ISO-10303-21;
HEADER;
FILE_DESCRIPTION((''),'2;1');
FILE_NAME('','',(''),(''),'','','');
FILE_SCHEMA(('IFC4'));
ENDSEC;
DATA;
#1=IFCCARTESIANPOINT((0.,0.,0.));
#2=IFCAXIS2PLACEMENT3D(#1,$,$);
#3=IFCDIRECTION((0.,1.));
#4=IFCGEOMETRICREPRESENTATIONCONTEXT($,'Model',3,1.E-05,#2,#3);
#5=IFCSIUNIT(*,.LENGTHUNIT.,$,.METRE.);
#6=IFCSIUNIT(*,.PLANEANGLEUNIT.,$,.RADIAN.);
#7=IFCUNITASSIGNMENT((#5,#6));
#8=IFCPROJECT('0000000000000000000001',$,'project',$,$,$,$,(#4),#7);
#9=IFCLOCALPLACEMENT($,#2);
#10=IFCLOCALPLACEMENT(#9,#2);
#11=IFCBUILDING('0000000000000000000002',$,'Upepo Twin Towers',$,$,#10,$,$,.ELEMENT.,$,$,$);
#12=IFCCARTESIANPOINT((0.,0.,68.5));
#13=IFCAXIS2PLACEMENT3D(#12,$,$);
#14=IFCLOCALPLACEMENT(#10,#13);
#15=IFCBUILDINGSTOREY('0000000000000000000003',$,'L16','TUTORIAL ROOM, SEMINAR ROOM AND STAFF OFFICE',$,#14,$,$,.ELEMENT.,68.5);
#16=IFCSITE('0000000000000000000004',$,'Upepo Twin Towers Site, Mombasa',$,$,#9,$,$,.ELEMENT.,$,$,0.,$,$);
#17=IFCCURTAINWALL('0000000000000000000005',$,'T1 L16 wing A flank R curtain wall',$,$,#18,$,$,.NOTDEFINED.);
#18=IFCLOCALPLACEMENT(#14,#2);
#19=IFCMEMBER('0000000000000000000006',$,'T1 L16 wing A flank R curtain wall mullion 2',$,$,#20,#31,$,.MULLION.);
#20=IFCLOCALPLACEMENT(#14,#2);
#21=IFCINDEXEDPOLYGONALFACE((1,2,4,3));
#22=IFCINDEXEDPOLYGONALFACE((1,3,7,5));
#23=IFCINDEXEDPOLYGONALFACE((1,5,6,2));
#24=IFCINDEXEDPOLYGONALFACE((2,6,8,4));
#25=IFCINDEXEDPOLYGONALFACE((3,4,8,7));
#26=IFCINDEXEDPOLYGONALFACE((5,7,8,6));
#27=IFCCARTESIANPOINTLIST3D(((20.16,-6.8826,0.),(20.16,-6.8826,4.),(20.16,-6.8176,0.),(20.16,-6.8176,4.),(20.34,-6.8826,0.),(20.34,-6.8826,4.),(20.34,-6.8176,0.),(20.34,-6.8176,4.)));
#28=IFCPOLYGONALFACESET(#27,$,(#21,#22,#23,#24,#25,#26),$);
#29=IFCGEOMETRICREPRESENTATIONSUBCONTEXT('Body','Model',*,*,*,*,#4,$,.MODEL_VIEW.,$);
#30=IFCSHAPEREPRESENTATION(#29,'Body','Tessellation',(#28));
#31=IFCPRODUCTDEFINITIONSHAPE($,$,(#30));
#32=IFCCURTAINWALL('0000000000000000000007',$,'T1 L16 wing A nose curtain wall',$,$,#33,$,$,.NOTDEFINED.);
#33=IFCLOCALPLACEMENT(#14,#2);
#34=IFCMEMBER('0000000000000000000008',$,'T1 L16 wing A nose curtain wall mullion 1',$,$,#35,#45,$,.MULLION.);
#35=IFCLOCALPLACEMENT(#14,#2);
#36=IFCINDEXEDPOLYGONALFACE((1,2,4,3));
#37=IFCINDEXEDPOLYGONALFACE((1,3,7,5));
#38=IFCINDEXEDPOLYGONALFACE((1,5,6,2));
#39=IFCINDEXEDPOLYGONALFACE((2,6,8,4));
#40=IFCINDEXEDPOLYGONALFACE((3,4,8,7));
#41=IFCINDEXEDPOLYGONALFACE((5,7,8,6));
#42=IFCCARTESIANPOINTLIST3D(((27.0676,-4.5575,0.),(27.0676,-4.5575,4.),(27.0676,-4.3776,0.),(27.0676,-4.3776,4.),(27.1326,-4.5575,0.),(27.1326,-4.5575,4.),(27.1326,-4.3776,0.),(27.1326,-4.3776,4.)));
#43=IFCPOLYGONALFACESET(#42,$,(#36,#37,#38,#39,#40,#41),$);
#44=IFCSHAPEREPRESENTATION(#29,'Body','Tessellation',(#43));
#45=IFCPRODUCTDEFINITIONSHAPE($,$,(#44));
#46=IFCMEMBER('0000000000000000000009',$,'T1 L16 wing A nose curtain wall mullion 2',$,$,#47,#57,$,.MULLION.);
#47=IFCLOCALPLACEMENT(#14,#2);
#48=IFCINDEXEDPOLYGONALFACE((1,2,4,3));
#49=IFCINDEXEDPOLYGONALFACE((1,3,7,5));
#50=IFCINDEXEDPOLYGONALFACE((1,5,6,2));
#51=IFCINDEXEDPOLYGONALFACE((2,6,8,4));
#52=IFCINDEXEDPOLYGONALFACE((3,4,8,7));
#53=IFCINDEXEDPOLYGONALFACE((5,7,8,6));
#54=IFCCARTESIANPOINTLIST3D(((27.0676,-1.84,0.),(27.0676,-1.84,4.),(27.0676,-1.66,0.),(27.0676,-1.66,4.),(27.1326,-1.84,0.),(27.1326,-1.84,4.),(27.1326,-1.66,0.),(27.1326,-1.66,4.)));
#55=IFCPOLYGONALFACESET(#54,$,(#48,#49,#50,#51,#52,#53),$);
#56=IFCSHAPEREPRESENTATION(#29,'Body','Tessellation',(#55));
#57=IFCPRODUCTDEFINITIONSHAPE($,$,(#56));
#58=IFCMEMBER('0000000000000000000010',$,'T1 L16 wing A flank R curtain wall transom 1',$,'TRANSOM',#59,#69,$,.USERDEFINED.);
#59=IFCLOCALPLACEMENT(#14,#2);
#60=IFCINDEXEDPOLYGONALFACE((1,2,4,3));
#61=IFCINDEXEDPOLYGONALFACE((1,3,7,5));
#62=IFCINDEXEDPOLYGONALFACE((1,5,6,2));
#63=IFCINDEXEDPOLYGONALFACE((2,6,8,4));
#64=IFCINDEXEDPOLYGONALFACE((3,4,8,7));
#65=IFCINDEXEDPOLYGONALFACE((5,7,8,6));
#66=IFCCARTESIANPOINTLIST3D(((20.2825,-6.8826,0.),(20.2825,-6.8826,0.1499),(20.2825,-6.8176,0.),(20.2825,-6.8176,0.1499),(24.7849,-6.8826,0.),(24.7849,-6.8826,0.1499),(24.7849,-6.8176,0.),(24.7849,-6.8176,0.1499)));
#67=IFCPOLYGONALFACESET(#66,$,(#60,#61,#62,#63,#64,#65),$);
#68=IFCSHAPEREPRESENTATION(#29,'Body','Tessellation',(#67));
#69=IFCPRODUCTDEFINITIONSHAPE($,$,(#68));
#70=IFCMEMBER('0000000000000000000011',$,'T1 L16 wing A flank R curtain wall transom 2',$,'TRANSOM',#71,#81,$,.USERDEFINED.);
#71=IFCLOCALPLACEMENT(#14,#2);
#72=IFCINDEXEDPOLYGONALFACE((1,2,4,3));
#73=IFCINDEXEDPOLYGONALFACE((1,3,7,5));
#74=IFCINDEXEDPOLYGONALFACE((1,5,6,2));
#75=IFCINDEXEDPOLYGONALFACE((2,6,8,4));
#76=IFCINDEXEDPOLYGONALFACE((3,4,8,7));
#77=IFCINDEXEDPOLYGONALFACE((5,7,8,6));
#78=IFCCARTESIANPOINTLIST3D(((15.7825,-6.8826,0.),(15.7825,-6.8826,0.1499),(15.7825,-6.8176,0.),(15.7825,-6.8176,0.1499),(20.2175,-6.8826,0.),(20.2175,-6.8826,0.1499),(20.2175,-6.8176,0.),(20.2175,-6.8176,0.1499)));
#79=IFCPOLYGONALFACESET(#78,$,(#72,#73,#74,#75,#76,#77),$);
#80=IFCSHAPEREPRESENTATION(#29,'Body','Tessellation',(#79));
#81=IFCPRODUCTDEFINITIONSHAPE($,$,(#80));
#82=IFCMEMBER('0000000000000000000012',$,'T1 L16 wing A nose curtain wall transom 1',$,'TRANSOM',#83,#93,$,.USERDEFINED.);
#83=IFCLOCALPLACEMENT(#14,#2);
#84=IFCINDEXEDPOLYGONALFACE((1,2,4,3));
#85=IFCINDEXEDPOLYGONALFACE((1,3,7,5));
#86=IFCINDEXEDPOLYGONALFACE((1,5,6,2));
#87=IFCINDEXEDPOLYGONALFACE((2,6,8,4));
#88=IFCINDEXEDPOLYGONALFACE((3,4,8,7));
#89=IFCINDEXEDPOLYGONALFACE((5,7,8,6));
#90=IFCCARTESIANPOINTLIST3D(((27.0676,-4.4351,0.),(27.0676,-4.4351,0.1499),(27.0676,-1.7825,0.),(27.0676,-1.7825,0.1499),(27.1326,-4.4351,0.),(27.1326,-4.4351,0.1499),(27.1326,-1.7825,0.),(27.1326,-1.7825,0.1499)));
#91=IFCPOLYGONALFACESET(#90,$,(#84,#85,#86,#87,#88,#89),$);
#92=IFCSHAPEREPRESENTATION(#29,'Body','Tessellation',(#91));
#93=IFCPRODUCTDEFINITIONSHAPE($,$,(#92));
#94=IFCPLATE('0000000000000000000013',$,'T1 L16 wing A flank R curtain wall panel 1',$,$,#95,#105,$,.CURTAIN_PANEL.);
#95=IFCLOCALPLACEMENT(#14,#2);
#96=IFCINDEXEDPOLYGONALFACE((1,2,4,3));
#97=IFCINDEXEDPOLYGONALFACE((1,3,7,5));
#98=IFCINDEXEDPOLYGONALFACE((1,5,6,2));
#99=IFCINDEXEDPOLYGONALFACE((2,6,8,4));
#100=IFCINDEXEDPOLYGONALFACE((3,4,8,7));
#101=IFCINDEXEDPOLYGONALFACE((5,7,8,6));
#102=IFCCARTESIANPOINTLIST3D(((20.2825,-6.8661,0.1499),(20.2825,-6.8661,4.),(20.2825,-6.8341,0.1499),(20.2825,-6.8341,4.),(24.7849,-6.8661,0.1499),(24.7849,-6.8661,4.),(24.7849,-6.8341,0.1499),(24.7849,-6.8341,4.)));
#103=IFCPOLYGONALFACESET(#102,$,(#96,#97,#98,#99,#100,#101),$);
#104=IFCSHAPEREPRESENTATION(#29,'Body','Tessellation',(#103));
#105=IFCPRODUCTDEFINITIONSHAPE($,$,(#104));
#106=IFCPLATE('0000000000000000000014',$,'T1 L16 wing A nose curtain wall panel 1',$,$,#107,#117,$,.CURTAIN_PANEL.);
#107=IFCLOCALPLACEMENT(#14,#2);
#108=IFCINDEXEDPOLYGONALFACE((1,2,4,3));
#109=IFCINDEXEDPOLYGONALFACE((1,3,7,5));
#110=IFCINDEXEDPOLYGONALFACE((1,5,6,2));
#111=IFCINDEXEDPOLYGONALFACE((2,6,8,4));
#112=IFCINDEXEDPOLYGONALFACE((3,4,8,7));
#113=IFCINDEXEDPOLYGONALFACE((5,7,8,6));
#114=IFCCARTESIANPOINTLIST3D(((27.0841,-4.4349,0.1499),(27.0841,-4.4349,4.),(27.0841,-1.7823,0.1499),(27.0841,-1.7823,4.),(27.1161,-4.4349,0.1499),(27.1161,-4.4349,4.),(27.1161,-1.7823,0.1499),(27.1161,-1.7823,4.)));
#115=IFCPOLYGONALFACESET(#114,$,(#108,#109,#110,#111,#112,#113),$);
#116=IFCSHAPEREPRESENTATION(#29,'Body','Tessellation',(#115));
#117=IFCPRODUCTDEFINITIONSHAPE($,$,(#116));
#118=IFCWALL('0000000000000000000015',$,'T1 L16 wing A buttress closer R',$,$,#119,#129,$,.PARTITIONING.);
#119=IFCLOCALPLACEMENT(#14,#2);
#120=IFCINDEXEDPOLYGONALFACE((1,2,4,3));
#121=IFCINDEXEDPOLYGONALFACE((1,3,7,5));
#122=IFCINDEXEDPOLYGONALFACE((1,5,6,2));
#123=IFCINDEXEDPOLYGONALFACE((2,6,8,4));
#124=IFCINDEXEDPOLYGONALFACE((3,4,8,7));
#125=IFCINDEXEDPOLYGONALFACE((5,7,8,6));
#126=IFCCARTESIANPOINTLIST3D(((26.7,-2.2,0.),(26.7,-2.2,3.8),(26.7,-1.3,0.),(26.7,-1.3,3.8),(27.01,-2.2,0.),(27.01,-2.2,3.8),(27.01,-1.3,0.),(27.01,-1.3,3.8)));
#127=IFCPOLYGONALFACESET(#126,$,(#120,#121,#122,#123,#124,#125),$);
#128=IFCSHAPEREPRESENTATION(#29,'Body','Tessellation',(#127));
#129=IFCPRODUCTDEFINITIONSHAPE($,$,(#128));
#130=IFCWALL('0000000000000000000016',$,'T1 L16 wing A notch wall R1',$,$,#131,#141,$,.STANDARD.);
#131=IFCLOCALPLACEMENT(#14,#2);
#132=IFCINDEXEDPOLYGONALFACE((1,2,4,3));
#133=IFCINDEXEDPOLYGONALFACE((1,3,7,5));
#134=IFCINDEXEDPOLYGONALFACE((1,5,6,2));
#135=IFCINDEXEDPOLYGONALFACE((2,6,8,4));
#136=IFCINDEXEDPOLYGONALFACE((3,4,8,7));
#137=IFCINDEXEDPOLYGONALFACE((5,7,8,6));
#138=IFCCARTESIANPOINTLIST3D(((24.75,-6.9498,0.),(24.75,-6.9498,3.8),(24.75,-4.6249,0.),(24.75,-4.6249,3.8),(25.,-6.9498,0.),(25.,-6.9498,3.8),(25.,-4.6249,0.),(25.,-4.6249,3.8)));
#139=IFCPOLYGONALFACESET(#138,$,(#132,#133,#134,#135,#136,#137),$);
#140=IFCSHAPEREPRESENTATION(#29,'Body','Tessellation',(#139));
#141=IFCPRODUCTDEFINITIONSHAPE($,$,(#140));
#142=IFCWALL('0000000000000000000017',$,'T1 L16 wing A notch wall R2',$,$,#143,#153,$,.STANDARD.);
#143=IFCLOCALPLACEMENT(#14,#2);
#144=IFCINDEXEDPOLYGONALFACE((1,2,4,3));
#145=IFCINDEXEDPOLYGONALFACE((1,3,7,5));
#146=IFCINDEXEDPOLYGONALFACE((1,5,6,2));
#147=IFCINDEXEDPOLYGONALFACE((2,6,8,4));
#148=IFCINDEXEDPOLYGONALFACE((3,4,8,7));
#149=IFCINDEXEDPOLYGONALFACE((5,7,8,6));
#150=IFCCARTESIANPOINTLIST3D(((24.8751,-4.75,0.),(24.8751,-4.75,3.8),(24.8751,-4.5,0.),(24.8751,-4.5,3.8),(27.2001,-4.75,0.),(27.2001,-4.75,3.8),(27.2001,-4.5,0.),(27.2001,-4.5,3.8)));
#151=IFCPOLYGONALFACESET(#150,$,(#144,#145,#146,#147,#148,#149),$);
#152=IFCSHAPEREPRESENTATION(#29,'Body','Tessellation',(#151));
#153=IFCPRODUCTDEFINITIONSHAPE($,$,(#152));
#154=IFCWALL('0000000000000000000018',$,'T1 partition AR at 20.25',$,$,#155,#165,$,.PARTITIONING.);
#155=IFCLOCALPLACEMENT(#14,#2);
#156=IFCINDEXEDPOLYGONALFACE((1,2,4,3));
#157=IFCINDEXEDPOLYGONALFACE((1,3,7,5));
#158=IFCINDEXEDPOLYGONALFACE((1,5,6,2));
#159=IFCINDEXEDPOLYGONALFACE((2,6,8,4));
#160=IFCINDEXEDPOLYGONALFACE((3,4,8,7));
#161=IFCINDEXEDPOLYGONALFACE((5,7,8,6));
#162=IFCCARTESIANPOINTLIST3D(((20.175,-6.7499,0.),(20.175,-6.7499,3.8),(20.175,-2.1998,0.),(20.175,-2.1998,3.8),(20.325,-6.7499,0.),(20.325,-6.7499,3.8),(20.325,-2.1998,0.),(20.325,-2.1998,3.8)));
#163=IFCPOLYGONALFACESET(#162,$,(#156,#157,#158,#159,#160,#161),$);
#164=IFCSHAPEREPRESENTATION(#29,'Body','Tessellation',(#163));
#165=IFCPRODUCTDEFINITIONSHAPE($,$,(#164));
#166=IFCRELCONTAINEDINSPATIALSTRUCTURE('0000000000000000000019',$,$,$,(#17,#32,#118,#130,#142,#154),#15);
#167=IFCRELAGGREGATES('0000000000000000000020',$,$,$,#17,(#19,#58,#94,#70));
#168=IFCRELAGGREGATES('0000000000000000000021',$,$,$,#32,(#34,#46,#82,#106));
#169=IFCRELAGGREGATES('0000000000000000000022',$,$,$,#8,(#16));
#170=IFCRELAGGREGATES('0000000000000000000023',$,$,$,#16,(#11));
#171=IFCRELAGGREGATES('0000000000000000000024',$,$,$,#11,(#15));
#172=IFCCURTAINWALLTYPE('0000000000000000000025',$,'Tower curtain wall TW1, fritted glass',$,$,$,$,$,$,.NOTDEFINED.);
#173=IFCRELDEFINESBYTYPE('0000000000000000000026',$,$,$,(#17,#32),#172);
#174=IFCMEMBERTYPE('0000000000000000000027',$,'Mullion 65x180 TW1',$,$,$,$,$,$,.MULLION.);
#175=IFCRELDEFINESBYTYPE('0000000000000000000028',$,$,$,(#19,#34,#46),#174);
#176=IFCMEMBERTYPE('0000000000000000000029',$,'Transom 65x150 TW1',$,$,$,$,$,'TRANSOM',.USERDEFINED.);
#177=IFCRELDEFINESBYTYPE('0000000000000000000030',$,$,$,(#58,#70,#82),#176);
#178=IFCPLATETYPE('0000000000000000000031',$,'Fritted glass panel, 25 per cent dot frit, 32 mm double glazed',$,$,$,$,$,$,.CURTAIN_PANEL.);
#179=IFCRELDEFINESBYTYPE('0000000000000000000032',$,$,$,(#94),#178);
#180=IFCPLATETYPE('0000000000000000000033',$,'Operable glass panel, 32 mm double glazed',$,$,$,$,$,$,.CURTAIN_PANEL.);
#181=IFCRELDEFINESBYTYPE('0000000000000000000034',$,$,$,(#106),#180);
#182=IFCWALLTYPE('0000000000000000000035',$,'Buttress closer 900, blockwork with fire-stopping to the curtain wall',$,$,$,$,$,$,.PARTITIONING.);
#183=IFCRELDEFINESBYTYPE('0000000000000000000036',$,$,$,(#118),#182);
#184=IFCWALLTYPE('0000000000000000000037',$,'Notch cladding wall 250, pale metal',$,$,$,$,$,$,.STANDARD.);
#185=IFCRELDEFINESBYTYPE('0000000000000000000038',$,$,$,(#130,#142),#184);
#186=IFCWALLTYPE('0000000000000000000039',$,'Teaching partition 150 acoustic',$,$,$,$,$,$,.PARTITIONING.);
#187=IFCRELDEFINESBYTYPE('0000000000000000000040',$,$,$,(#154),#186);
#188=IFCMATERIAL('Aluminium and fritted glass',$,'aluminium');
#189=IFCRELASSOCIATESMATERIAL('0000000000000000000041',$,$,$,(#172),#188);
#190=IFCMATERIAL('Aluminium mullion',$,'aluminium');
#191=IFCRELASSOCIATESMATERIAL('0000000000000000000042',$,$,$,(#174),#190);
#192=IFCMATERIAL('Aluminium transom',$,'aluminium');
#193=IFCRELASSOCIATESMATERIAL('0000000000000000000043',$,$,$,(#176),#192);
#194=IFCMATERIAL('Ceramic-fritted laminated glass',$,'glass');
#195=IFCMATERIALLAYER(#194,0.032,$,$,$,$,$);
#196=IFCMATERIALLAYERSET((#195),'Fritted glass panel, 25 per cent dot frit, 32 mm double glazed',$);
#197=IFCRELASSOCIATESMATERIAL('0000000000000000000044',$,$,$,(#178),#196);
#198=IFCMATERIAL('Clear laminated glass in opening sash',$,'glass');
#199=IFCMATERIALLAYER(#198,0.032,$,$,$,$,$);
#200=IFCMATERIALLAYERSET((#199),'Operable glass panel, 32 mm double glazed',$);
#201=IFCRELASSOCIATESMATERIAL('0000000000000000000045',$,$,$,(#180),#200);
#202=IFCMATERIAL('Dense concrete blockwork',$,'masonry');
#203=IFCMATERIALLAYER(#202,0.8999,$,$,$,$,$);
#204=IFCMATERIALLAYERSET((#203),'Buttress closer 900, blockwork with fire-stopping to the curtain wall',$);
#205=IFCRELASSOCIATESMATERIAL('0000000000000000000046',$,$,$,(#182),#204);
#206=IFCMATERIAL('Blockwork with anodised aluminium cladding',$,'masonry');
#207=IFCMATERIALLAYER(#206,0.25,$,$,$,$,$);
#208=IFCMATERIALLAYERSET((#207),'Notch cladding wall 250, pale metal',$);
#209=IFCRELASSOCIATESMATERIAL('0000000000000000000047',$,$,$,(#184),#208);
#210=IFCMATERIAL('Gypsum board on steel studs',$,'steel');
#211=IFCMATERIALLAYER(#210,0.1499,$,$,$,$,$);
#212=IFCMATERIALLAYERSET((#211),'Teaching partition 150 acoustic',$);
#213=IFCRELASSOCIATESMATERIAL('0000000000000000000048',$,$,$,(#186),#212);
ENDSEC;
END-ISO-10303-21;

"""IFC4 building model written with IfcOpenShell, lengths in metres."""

from ifc_helpers import new_model, si_unit, direction, frame, frame_2d, origin, origin_2d, place, context, subcontext, project, spatial, rectangle, extrude, material, layer, layer_set, material_profile, profile_set, type_object, element, aggregate, save


model = new_model("IFC4")

# Units and contexts
model_context = context("Model", 3, precision=1e-05, world=origin(), true_north=direction((0.0, 1.0)))
body_context = subcontext(model_context, "Body", "Model", "MODEL_VIEW")
ifc_project = project(units=[si_unit("LENGTHUNIT", "METRE"), si_unit("PLANEANGLEUNIT", "RADIAN")], contexts=[model_context])

# Site, building, storey
site_placement = place(None, origin())
site = spatial("IfcSite", under=ifc_project, at=site_placement, Name="Upepo Twin Towers Site, Mombasa", CompositionType="ELEMENT", RefElevation=0.0)
building_placement = place(site_placement, origin())
building = spatial("IfcBuilding", under=site, at=building_placement, Name="Upepo Twin Towers", CompositionType="ELEMENT")
storey_placement = place(building_placement, frame((0.0, 0.0, 68.5)))
storey = spatial("IfcBuildingStorey", under=building, at=storey_placement, Name="L16", Description="TUTORIAL ROOM, SEMINAR ROOM AND STAFF OFFICE", CompositionType="ELEMENT", Elevation=68.5)

# Curtain walls, members
ifc_material_1 = material(Name="Aluminium and fritted glass", Category="aluminium")
curtain_wall_type = type_object("IfcCurtainWallType", Name="Tower curtain wall TW1, fritted glass", PredefinedType="NOTDEFINED", material=ifc_material_1)
curtain_wall_1_placement = place(storey_placement, origin())
curtain_wall_1 = element("IfcCurtainWall", 1, at=curtain_wall_1_placement, inside=storey, type_object=curtain_wall_type, Name="T1 L16 wing A flank R curtain wall", PredefinedType="NOTDEFINED")
ifc_material_2 = material(Name="Aluminium mullion", Category="aluminium")
ifc_material_profile_1 = material_profile(ifc_material_2, rectangle(XDim=0.0649, YDim=0.1799, at=origin_2d()), Name="MULLION 65x180")
ifc_profile_set_1 = profile_set([ifc_material_profile_1], Name="Aluminium mullion")
member_type_1 = type_object("IfcMemberType", Name="Mullion 65x180 TW1", PredefinedType="MULLION", material=ifc_profile_set_1)
member_1_placement = place(storey_placement, frame((20.25, -6.8501, 0.0), z_axis=(0.0, 0.0, 1.0), x_axis=(0.0, -1.0, 0.0)))
member_1 = element("IfcMember", 2, at=member_1_placement, type_object=member_type_1, Name="T1 L16 wing A flank R curtain wall mullion 2", PredefinedType="MULLION", context=body_context, shape_type="SweptSolid", body=[
    extrude(rectangle(XDim=0.0649, YDim=0.1799, at=origin_2d()), origin(), (0.0, 0.0, 1.0), 4.0),
])
curtain_wall_2_placement = place(storey_placement, origin())
curtain_wall_2 = element("IfcCurtainWall", 3, at=curtain_wall_2_placement, inside=storey, type_object=curtain_wall_type, Name="T1 L16 wing A nose curtain wall", PredefinedType="NOTDEFINED")
member_2_placement = place(storey_placement, frame((27.1001, -4.4675, 0.0), z_axis=(0.0, 0.0, 1.0), x_axis=(-1.0, 0.0, 0.0)))
member_2 = element("IfcMember", 4, at=member_2_placement, type_object=member_type_1, Name="T1 L16 wing A nose curtain wall mullion 1", PredefinedType="MULLION", context=body_context, shape_type="SweptSolid", body=[
    extrude(rectangle(XDim=0.0649, YDim=0.1799, at=origin_2d()), origin(), (0.0, 0.0, 1.0), 4.0),
])
member_3_placement = place(storey_placement, frame((27.1001, -1.75, 0.0), z_axis=(0.0, 0.0, 1.0), x_axis=(-1.0, 0.0, 0.0)))
member_3 = element("IfcMember", 5, at=member_3_placement, type_object=member_type_1, Name="T1 L16 wing A nose curtain wall mullion 2", PredefinedType="MULLION", context=body_context, shape_type="SweptSolid", body=[
    extrude(rectangle(XDim=0.0649, YDim=0.1799, at=origin_2d()), origin(), (0.0, 0.0, 1.0), 4.0),
])

# Members
ifc_material_3 = material(Name="Aluminium transom", Category="aluminium")
ifc_material_profile_2 = material_profile(ifc_material_3, rectangle(XDim=0.0649, YDim=0.1499, at=origin_2d()), Name="TRANSOM 65x150")
ifc_profile_set_2 = profile_set([ifc_material_profile_2], Name="Aluminium transom")
member_type_2 = type_object("IfcMemberType", Name="Transom 65x150 TW1", ElementType="TRANSOM", PredefinedType="USERDEFINED", material=ifc_profile_set_2)
member_4_placement = place(storey_placement, frame((24.7849, -6.8501, 0.075), z_axis=(-1.0, 0.0, 0.0), x_axis=(0.0, -1.0, 0.0)))
member_4 = element("IfcMember", 6, at=member_4_placement, type_object=member_type_2, Name="T1 L16 wing A flank R curtain wall transom 1", ObjectType="TRANSOM", PredefinedType="USERDEFINED", context=body_context, shape_type="SweptSolid", body=[
    extrude(rectangle(XDim=0.0649, YDim=0.1499, at=origin_2d()), origin(), (0.0, 0.0, 1.0), 4.5024),
])
member_5_placement = place(storey_placement, frame((20.2175, -6.8501, 0.075), z_axis=(-1.0, 0.0, 0.0), x_axis=(0.0, -1.0, 0.0)))
member_5 = element("IfcMember", 7, at=member_5_placement, type_object=member_type_2, Name="T1 L16 wing A flank R curtain wall transom 2", ObjectType="TRANSOM", PredefinedType="USERDEFINED", context=body_context, shape_type="SweptSolid", body=[
    extrude(rectangle(XDim=0.0649, YDim=0.1499, at=origin_2d()), origin(), (0.0, 0.0, 1.0), 4.4351),
])
member_6_placement = place(storey_placement, frame((27.1001, -4.4351, 0.075), z_axis=(0.0, 1.0, 0.0), x_axis=(-1.0, 0.0, 0.0)))
member_6 = element("IfcMember", 8, at=member_6_placement, type_object=member_type_2, Name="T1 L16 wing A nose curtain wall transom 1", ObjectType="TRANSOM", PredefinedType="USERDEFINED", context=body_context, shape_type="SweptSolid", body=[
    extrude(rectangle(XDim=0.0649, YDim=0.1499, at=origin_2d()), origin(), (0.0, 0.0, 1.0), 2.6526),
])

# Plates
ifc_material_4 = material(Name="Ceramic-fritted laminated glass", Category="glass")
ifc_layer_1 = layer(ifc_material_4, 0.032)
ifc_layer_set_1 = layer_set([ifc_layer_1], Name="Fritted glass panel, 25 per cent dot frit, 32 mm double glazed")
plate_type_1 = type_object("IfcPlateType", Name="Fritted glass panel, 25 per cent dot frit, 32 mm double glazed", PredefinedType="CURTAIN_PANEL", material=ifc_layer_set_1)
plate_1_placement = place(storey_placement, frame((22.5337, -6.8501, 0.1499), z_axis=(0.0, 0.0, 1.0), x_axis=(-1.0, 0.0, 0.0)))
plate_1 = element("IfcPlate", 9, at=plate_1_placement, type_object=plate_type_1, Name="T1 L16 wing A flank R curtain wall panel 1", PredefinedType="CURTAIN_PANEL", context=body_context, shape_type="SweptSolid", body=[
    extrude(rectangle(XDim=4.5024, YDim=0.032, at=origin_2d()), origin(), (0.0, 0.0, 1.0), 3.8501),
])
aggregate(curtain_wall_1, [member_1, member_4, plate_1, member_5])
ifc_material_5 = material(Name="Clear laminated glass in opening sash", Category="glass")
ifc_layer_2 = layer(ifc_material_5, 0.032)
ifc_layer_set_2 = layer_set([ifc_layer_2], Name="Operable glass panel, 32 mm double glazed")
plate_type_2 = type_object("IfcPlateType", Name="Operable glass panel, 32 mm double glazed", PredefinedType="CURTAIN_PANEL", material=ifc_layer_set_2)
plate_2_placement = place(storey_placement, frame((27.1001, -3.1086, 0.1499), z_axis=(0.0, 0.0, 1.0), x_axis=(0.0, 1.0, 0.0)))
plate_2 = element("IfcPlate", 10, at=plate_2_placement, type_object=plate_type_2, Name="T1 L16 wing A nose curtain wall panel 1", PredefinedType="CURTAIN_PANEL", context=body_context, shape_type="SweptSolid", body=[
    extrude(rectangle(XDim=2.6526, YDim=0.032, at=origin_2d()), origin(), (0.0, 0.0, 1.0), 3.8501),
])
aggregate(curtain_wall_2, [member_2, member_3, member_6, plate_2])

# Walls
ifc_material_6 = material(Name="Dense concrete blockwork", Category="masonry")
ifc_layer_3 = layer(ifc_material_6, 0.8999)
ifc_layer_set_3 = layer_set([ifc_layer_3], Name="Buttress closer 900, blockwork with fire-stopping to the curtain wall")
wall_type_1 = type_object("IfcWallType", Name="Buttress closer 900, blockwork with fire-stopping to the curtain wall", PredefinedType="PARTITIONING", material=ifc_layer_set_3)
wall_1_placement = place(storey_placement, frame((26.7, -1.75, 0.0), z_axis=(0.0, 0.0, 1.0), x_axis=(1.0, 0.0, 0.0)))
element("IfcWall", 11, at=wall_1_placement, inside=storey, type_object=wall_type_1, Name="T1 L16 wing A buttress closer R", PredefinedType="PARTITIONING", context=body_context, shape_type="SweptSolid", body=[
    extrude(rectangle(XDim=0.3101, YDim=0.8999, at=frame_2d((0.155, 0.0))), origin(), (0.0, 0.0, 1.0), 3.8),
])
ifc_material_7 = material(Name="Blockwork with anodised aluminium cladding", Category="masonry")
ifc_layer_4 = layer(ifc_material_7, 0.25)
ifc_layer_set_4 = layer_set([ifc_layer_4], Name="Notch cladding wall 250, pale metal")
wall_type_2 = type_object("IfcWallType", Name="Notch cladding wall 250, pale metal", PredefinedType="STANDARD", material=ifc_layer_set_4)
for number, where, z_axis, x_axis, name in (
    (12, (24.875, -6.95, 0.0), (0.0, 0.0, 1.0), (0.0, 1.0, 0.0), "T1 L16 wing A notch wall R1"),
    (13, (24.875, -4.625, 0.0), (0.0, 0.0, 1.0), (1.0, 0.0, 0.0), "T1 L16 wing A notch wall R2"),
):
    element("IfcWall", number, at=place(storey_placement, frame(where, z_axis=z_axis, x_axis=x_axis)), inside=storey, type_object=wall_type_2, Name=name, PredefinedType="STANDARD", context=body_context, shape_type="SweptSolid", body=[
        extrude(rectangle(XDim=2.325, YDim=0.25, at=frame_2d((1.1626, 0.0))), origin(), (0.0, 0.0, 1.0), 3.8),
    ])
ifc_material_8 = material(Name="Gypsum board on steel studs", Category="steel")
ifc_layer_5 = layer(ifc_material_8, 0.1499)
ifc_layer_set_5 = layer_set([ifc_layer_5], Name="Teaching partition 150 acoustic")
wall_type_3 = type_object("IfcWallType", Name="Teaching partition 150 acoustic", PredefinedType="PARTITIONING", material=ifc_layer_set_5)
wall_2_placement = place(storey_placement, frame((20.25, -2.2, 0.0), z_axis=(0.0, 0.0, 1.0), x_axis=(0.0, -1.0, 0.0)))
element("IfcWall", 14, at=wall_2_placement, inside=storey, type_object=wall_type_3, Name="T1 partition AR at 20.25", PredefinedType="PARTITIONING", context=body_context, shape_type="SweptSolid", body=[
    extrude(rectangle(XDim=4.55, YDim=0.1499, at=frame_2d((2.2749, 0.0))), origin(), (0.0, 0.0, 1.0), 3.8),
])

save(model, "model.ifc")
